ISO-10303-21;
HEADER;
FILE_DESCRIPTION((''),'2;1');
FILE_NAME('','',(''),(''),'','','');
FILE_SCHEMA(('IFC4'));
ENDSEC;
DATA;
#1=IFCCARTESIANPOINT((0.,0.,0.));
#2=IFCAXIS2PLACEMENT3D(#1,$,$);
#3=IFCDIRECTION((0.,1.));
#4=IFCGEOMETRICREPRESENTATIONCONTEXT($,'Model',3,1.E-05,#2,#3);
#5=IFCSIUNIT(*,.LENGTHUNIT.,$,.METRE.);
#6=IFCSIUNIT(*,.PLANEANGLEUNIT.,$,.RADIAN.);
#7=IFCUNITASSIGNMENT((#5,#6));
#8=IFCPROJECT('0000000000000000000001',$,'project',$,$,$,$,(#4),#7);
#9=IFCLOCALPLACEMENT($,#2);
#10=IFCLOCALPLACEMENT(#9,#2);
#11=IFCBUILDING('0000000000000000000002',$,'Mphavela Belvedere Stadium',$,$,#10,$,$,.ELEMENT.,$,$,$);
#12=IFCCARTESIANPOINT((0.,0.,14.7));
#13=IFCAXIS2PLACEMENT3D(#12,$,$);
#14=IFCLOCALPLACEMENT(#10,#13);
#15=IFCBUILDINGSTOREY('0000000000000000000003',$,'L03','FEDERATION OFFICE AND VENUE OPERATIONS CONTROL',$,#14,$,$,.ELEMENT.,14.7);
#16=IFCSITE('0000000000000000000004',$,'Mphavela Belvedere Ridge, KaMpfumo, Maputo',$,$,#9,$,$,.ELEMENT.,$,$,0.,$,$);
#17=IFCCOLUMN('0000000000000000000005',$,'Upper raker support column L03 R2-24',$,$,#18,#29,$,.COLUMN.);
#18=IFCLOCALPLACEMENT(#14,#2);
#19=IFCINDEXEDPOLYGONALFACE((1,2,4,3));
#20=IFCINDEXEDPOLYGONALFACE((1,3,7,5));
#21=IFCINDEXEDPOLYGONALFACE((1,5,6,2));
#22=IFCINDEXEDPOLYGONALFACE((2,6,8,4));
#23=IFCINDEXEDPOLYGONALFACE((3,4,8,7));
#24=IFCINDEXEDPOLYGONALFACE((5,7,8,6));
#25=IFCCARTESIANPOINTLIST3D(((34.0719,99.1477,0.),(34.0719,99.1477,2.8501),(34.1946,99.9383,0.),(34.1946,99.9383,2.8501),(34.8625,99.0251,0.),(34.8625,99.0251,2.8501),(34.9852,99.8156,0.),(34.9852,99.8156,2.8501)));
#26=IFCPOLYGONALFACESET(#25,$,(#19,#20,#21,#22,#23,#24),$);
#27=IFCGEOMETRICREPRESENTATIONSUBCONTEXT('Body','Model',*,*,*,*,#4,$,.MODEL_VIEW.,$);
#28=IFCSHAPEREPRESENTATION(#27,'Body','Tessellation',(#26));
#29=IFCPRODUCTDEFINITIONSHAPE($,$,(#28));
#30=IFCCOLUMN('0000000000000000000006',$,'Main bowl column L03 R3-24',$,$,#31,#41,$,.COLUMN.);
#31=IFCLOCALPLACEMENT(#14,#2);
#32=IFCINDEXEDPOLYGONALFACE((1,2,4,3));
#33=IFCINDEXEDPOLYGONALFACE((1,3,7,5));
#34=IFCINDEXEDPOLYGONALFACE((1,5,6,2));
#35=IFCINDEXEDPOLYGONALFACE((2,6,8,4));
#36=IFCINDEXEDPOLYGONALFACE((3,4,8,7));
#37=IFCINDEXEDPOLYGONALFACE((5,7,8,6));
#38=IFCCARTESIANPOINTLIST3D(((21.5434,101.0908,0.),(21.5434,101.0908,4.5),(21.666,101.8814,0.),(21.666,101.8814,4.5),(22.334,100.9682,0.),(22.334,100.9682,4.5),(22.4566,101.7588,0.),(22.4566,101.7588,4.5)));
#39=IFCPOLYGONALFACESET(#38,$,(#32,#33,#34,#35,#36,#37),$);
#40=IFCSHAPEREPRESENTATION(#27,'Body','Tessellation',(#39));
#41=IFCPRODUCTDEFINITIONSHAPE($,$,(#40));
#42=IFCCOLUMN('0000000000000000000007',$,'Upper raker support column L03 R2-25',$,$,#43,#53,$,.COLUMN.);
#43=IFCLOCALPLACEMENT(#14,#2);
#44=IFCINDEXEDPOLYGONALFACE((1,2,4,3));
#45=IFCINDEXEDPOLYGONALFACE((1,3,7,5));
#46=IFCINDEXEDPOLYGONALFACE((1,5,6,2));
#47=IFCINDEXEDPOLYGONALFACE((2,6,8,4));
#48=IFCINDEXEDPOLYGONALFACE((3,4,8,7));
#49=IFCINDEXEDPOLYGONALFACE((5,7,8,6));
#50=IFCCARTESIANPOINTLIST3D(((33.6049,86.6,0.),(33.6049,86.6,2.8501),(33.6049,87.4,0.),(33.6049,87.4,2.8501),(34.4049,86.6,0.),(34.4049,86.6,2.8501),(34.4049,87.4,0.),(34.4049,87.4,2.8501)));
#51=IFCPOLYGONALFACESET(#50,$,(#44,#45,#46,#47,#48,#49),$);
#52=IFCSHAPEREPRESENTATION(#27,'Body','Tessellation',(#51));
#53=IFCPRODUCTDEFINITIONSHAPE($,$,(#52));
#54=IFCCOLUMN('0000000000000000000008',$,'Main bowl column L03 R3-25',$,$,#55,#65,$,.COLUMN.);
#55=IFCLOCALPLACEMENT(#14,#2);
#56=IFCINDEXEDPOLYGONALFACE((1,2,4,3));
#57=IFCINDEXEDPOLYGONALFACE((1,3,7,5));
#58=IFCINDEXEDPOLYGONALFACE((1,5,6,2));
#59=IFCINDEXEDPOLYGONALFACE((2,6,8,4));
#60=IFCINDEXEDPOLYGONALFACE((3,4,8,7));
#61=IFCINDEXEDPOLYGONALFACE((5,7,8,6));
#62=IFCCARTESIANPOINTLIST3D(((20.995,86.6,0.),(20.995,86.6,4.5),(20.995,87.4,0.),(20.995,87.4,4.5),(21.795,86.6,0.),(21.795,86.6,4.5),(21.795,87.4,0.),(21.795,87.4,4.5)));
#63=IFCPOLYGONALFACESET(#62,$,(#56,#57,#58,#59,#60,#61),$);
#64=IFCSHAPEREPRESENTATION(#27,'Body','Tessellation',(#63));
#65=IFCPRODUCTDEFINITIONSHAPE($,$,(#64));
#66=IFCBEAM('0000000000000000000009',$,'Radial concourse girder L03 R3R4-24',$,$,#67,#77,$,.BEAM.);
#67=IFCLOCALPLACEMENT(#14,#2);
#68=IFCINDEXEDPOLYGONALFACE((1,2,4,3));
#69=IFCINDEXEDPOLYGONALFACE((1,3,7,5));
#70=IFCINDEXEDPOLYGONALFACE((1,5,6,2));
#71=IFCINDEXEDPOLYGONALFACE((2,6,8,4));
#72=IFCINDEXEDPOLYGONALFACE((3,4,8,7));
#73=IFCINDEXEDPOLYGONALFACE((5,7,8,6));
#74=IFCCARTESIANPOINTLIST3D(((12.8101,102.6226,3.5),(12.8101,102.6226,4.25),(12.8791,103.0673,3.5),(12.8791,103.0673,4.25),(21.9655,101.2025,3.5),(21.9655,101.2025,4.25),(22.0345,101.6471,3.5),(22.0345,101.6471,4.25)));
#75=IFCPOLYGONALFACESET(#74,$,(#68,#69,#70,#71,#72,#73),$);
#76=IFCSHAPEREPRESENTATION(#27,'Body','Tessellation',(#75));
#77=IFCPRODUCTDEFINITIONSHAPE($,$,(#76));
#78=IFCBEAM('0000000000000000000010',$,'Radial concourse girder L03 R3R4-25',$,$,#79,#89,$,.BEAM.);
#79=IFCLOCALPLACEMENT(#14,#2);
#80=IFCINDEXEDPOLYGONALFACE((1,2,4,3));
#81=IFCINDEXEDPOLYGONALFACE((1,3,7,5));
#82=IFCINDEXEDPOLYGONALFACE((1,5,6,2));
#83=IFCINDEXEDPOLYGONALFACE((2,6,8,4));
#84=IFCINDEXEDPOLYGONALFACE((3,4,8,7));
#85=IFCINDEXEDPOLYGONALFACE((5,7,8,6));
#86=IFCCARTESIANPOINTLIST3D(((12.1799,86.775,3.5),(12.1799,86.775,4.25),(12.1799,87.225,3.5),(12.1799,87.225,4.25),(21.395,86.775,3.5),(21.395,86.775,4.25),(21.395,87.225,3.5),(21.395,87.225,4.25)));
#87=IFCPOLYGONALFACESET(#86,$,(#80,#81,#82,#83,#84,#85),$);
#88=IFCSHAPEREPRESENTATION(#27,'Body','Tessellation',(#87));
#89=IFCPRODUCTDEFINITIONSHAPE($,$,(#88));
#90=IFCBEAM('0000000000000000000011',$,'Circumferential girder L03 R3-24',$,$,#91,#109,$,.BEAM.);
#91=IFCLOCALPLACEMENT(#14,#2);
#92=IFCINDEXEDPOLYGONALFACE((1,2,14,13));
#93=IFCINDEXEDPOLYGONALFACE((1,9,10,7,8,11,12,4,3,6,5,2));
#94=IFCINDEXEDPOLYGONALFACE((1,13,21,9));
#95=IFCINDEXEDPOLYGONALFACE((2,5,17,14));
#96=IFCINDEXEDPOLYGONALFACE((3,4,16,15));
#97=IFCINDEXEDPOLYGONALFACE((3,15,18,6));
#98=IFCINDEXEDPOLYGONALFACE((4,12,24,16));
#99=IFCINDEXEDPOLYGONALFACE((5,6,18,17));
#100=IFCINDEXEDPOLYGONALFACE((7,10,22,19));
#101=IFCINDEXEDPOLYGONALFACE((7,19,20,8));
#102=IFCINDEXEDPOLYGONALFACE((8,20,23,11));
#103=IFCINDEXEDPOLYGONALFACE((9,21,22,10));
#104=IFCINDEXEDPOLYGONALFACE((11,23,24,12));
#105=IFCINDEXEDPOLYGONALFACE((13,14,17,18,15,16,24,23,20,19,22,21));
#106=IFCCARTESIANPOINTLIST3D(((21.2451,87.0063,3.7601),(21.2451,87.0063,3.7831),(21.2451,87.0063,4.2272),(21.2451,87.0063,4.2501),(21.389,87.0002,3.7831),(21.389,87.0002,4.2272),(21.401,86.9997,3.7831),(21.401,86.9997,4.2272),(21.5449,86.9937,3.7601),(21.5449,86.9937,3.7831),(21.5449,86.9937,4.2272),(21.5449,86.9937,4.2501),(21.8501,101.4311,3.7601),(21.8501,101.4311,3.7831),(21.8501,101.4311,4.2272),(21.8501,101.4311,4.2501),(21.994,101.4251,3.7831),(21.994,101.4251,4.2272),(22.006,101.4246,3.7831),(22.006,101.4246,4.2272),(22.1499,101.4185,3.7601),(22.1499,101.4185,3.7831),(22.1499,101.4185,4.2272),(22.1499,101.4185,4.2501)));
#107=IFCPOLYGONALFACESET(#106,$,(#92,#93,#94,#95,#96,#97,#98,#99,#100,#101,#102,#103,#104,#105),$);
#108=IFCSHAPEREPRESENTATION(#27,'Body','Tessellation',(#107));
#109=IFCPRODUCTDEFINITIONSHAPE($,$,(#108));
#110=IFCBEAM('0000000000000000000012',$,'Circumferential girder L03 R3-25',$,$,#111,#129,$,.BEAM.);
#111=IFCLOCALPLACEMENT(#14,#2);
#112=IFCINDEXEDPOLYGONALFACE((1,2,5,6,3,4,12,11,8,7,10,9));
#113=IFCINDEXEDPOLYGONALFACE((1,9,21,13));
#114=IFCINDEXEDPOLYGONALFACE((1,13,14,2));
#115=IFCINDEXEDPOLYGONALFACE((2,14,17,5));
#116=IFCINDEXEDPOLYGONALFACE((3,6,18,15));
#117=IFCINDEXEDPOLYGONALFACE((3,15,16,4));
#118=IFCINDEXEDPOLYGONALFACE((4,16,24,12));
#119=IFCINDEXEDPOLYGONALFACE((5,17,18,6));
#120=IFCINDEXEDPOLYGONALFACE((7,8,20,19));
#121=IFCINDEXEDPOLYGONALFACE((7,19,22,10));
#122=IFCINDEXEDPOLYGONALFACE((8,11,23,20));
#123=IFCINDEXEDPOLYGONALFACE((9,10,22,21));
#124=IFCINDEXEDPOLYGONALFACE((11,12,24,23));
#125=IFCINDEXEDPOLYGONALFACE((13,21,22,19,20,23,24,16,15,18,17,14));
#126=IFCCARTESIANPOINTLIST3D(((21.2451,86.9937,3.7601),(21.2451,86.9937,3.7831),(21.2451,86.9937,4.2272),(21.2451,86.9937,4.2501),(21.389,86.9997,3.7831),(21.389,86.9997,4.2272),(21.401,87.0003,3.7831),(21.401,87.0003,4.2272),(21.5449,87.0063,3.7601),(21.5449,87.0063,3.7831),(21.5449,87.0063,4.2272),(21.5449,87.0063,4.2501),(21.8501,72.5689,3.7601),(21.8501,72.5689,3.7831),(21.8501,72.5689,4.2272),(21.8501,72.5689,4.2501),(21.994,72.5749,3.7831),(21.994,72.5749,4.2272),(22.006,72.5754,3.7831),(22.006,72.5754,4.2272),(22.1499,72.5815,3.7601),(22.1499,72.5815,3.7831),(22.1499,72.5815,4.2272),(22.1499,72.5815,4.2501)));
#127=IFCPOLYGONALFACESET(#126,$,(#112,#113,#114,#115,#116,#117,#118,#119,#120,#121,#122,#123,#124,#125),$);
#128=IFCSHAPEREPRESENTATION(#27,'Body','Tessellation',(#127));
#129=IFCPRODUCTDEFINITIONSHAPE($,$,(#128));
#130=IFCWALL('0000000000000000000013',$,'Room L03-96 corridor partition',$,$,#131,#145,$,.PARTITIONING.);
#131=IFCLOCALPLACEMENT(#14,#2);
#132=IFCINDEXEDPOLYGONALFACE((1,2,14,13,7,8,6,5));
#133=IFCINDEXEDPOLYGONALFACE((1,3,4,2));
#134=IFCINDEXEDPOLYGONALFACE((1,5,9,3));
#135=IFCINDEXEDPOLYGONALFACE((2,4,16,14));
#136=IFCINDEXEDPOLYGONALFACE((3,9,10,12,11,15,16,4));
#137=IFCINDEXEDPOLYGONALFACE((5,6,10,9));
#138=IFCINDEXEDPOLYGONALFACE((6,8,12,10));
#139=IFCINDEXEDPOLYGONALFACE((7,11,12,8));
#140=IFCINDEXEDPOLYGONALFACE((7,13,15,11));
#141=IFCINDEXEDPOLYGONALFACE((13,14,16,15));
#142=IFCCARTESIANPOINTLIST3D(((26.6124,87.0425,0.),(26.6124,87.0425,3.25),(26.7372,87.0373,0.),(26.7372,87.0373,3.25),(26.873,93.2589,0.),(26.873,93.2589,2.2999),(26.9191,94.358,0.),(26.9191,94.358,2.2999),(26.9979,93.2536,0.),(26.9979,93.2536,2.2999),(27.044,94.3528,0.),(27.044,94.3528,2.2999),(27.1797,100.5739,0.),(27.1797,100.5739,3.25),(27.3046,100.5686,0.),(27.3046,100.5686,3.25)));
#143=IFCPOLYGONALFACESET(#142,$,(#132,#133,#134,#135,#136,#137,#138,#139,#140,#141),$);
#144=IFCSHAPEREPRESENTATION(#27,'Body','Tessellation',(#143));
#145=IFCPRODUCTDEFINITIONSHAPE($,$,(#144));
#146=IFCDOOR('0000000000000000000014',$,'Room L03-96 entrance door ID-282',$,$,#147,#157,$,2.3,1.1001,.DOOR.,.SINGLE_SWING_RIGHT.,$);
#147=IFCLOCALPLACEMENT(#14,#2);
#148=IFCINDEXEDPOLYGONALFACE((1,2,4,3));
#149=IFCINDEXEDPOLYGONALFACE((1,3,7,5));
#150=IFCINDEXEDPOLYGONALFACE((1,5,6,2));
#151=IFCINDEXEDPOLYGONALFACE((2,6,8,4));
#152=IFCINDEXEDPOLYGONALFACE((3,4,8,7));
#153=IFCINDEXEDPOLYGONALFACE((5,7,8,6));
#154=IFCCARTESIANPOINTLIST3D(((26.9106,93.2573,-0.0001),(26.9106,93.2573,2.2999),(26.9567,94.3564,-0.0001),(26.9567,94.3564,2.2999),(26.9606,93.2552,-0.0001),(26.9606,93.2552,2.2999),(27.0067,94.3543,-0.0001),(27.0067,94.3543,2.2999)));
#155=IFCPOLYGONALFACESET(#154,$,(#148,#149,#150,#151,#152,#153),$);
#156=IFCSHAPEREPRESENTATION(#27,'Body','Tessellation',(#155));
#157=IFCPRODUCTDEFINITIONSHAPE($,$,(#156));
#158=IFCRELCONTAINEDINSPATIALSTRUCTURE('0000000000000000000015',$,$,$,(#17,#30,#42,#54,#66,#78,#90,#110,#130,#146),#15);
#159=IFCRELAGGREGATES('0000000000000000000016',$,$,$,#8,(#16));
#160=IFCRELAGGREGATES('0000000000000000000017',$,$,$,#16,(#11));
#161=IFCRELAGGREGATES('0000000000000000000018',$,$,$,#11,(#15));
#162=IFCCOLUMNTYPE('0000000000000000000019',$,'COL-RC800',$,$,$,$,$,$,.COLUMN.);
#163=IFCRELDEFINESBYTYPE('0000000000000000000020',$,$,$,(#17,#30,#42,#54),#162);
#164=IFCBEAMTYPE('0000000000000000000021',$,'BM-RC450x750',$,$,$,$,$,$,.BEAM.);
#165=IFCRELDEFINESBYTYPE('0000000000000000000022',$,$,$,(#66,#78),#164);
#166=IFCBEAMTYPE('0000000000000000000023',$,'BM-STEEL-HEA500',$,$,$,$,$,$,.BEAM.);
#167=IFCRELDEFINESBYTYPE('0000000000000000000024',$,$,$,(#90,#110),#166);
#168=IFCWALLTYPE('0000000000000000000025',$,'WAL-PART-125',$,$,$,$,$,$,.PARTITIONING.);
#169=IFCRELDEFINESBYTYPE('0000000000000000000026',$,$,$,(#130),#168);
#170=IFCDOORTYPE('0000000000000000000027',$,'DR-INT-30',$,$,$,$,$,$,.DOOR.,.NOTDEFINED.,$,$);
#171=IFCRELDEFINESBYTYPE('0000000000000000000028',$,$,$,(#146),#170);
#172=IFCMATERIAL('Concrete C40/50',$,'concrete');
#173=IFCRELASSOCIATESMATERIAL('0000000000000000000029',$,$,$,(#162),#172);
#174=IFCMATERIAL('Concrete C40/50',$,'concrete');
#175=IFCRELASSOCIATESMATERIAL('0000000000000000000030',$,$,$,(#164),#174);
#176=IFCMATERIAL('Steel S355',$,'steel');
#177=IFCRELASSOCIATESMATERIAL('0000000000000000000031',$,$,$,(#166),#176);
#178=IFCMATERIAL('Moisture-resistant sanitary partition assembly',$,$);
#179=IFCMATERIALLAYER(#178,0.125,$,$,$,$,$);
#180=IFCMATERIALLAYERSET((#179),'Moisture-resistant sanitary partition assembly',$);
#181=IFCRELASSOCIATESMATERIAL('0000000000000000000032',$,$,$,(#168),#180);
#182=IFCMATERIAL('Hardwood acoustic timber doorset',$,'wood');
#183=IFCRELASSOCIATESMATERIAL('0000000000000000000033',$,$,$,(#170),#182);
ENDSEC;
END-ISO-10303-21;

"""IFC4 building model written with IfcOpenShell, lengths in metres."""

from ifc_helpers import new_model, si_unit, direction, frame, frame_2d, origin, origin_2d, place, context, subcontext, project, spatial, rectangle, i_section, extrude, material, layer, layer_set, material_profile, profile_set, type_object, element, fill, save


model = new_model("IFC4")

# Units and contexts
model_context = context("Model", 3, precision=1e-05, world=origin(), true_north=direction((0.0, 1.0)))
body_context = subcontext(model_context, "Body", "Model", "MODEL_VIEW")
ifc_project = project(units=[si_unit("LENGTHUNIT", "METRE"), si_unit("PLANEANGLEUNIT", "RADIAN")], contexts=[model_context])

# Site, building, storey
site_placement = place(None, origin())
site = spatial("IfcSite", under=ifc_project, at=site_placement, Name="Mphavela Belvedere Ridge, KaMpfumo, Maputo", CompositionType="ELEMENT", RefElevation=0.0)
building_placement = place(site_placement, origin())
building = spatial("IfcBuilding", under=site, at=building_placement, Name="Mphavela Belvedere Stadium", CompositionType="ELEMENT")
storey_placement = place(building_placement, frame((0.0, 0.0, 14.7)))
storey = spatial("IfcBuildingStorey", under=building, at=storey_placement, Name="L03", Description="FEDERATION OFFICE AND VENUE OPERATIONS CONTROL", CompositionType="ELEMENT", Elevation=14.7)

# Columns
ifc_material_1 = material(Name="Concrete C40/50", Category="concrete")
ifc_material_profile_1 = material_profile(ifc_material_1, rectangle(XDim=0.8, YDim=0.8, at=origin_2d()), Name="RC 800x800")
ifc_profile_set_1 = profile_set([ifc_material_profile_1], Name="Concrete C40/50")
column_type = type_object("IfcColumnType", Name="COL-RC800", PredefinedType="COLUMN", material=ifc_profile_set_1)
column_1_placement = place(storey_placement, frame((34.5286, 99.4817, 0.0), z_axis=(0.0, 0.0, 1.0), x_axis=(-0.988175, 0.153331, 0.0)))
element("IfcColumn", 1, at=column_1_placement, inside=storey, type_object=column_type, Name="Upper raker support column L03 R2-24", PredefinedType="COLUMN", context=body_context, shape_type="SweptSolid", body=[
    extrude(rectangle(XDim=0.8, YDim=0.8, at=origin_2d()), origin(), (0.0, 0.0, 1.0), 2.8501),
])
column_2_placement = place(storey_placement, frame((22.0, 101.4248, 0.0), z_axis=(0.0, 0.0, 1.0), x_axis=(-0.988175, 0.153331, 0.0)))
element("IfcColumn", 2, at=column_2_placement, inside=storey, type_object=column_type, Name="Main bowl column L03 R3-24", PredefinedType="COLUMN", context=body_context, shape_type="SweptSolid", body=[
    extrude(rectangle(XDim=0.8, YDim=0.8, at=origin_2d()), origin(), (0.0, 0.0, 1.0), 4.5),
])
column_3_placement = place(storey_placement, frame((34.0049, 87.0, 0.0), z_axis=(0.0, 0.0, 1.0), x_axis=(-1.0, 0.0, 0.0)))
element("IfcColumn", 3, at=column_3_placement, inside=storey, type_object=column_type, Name="Upper raker support column L03 R2-25", PredefinedType="COLUMN", context=body_context, shape_type="SweptSolid", body=[
    extrude(rectangle(XDim=0.8, YDim=0.8, at=origin_2d()), origin(), (0.0, 0.0, 1.0), 2.8501),
])
column_4_placement = place(storey_placement, frame((21.395, 87.0, 0.0), z_axis=(0.0, 0.0, 1.0), x_axis=(-1.0, 0.0, 0.0)))
element("IfcColumn", 4, at=column_4_placement, inside=storey, type_object=column_type, Name="Main bowl column L03 R3-25", PredefinedType="COLUMN", context=body_context, shape_type="SweptSolid", body=[
    extrude(rectangle(XDim=0.8, YDim=0.8, at=origin_2d()), origin(), (0.0, 0.0, 1.0), 4.5),
])

# Beams
ifc_material_2 = material(Name="Concrete C40/50", Category="concrete")
ifc_material_profile_2 = material_profile(ifc_material_2, rectangle(XDim=0.45, YDim=0.75, at=origin_2d()), Name="RC 450x750")
ifc_profile_set_2 = profile_set([ifc_material_profile_2], Name="Concrete C40/50")
beam_type_1 = type_object("IfcBeamType", Name="BM-RC450x750", PredefinedType="BEAM", material=ifc_profile_set_2)
beam_1_placement = place(storey_placement, frame((22.0, 101.4248, 3.875), z_axis=(-0.988182, 0.153283, 0.0), x_axis=(-0.153283, -0.988182, 0.0)))
element("IfcBeam", 5, at=beam_1_placement, inside=storey, type_object=beam_type_1, Name="Radial concourse girder L03 R3R4-24", PredefinedType="BEAM", context=body_context, shape_type="SweptSolid", body=[
    extrude(rectangle(XDim=0.45, YDim=0.75, at=origin_2d()), origin(), (0.0, 0.0, 1.0), 9.2649),
])
beam_2_placement = place(storey_placement, frame((21.395, 87.0, 3.875), z_axis=(-1.0, 0.0, 0.0), x_axis=(0.0, -1.0, 0.0)))
element("IfcBeam", 6, at=beam_2_placement, inside=storey, type_object=beam_type_1, Name="Radial concourse girder L03 R3R4-25", PredefinedType="BEAM", context=body_context, shape_type="SweptSolid", body=[
    extrude(rectangle(XDim=0.45, YDim=0.75, at=origin_2d()), origin(), (0.0, 0.0, 1.0), 9.2151),
])
ifc_material_3 = material(Name="Steel S355", Category="steel")
ifc_material_profile_3 = material_profile(ifc_material_3, i_section(OverallWidth=0.3, OverallDepth=0.49, WebThickness=0.012, FlangeThickness=0.0229, at=origin_2d()), Name="HEA 500")
ifc_profile_set_3 = profile_set([ifc_material_profile_3], Name="Steel S355")
beam_type_2 = type_object("IfcBeamType", Name="BM-STEEL-HEA500", PredefinedType="BEAM", material=ifc_profile_set_3)
for number, where, z_axis, x_axis, name in (
    (7, (22.0, 101.4248, 4.0051), (-0.041903, -0.999122, 0.0), (0.999122, -0.041903, 0.0), "Circumferential girder L03 R3-24"),
    (8, (21.395, 87.0, 4.0051), (0.041903, -0.999122, 0.0), (0.999122, 0.041903, 0.0), "Circumferential girder L03 R3-25"),
):
    element("IfcBeam", number, at=place(storey_placement, frame(where, z_axis=z_axis, x_axis=x_axis)), inside=storey, type_object=beam_type_2, Name=name, PredefinedType="BEAM", context=body_context, shape_type="SweptSolid", body=[
        extrude(i_section(OverallWidth=0.3, OverallDepth=0.49, WebThickness=0.012, FlangeThickness=0.0229, at=origin_2d()), origin(), (0.0, 0.0, 1.0), 14.4375),
    ])

# Wall, opening, door
ifc_material_4 = material(Name="Moisture-resistant sanitary partition assembly")
ifc_layer_1 = layer(ifc_material_4, 0.125)
ifc_layer_set_1 = layer_set([ifc_layer_1], Name="Moisture-resistant sanitary partition assembly")
wall_type_1 = type_object("IfcWallType", Name="WAL-PART-125", PredefinedType="PARTITIONING", material=ifc_layer_set_1)
wall_1_placement = place(storey_placement, frame((26.6748, 87.04, 0.0), z_axis=(0.0, 0.0, 1.0), x_axis=(0.041894, 0.999122, 0.0)))
wall_1 = element("IfcWall", 9, at=wall_1_placement, inside=storey, type_object=wall_type_1, Name="Room L03-96 corridor partition", PredefinedType="PARTITIONING", context=body_context, shape_type="SweptSolid", body=[
    extrude(rectangle(XDim=13.5432, YDim=0.125, at=frame_2d((6.7715, 0.0))), origin(), (0.0, 0.0, 1.0), 3.25),
])
opening_1_placement = place(wall_1_placement, frame((6.2217, 0.0, 0.0)))
opening_1 = element("IfcOpeningElement", 10, at=opening_1_placement, cuts=wall_1, PredefinedType="OPENING", context=body_context, shape_type="SweptSolid", body=[
    extrude(rectangle(XDim=1.1001, YDim=2.3, at=frame_2d((0.55, 1.1499))), frame((0.0, 0.0725, 0.0), z_axis=(0.0, -1.0, 0.0), x_axis=(1.0, 0.0, 0.0)), (0.0, 0.0, 1.0), 0.145),
])
ifc_material_5 = material(Name="Hardwood acoustic timber doorset", Category="wood")
door_type_1 = type_object("IfcDoorType", Name="DR-INT-30", OperationType="NOTDEFINED", PredefinedType="DOOR", material=ifc_material_5)
door_1_placement = place(opening_1_placement, origin())
door_1 = element("IfcDoor", 11, at=door_1_placement, inside=storey, type_object=door_type_1, Name="Room L03-96 entrance door ID-282", OperationType="SINGLE_SWING_RIGHT", OverallHeight=2.3, OverallWidth=1.1001, PredefinedType="DOOR", context=body_context, shape_type="SweptSolid", body=[
    extrude(rectangle(XDim=1.1001, YDim=2.3, at=frame_2d((0.55, 1.1499))), frame((0.0, 0.0249, 0.0), z_axis=(0.0, -1.0, 0.0), x_axis=(1.0, 0.0, 0.0)), (0.0, 0.0, 1.0), 0.05),
])
fill(opening_1, door_1)

save(model, "model.ifc")
